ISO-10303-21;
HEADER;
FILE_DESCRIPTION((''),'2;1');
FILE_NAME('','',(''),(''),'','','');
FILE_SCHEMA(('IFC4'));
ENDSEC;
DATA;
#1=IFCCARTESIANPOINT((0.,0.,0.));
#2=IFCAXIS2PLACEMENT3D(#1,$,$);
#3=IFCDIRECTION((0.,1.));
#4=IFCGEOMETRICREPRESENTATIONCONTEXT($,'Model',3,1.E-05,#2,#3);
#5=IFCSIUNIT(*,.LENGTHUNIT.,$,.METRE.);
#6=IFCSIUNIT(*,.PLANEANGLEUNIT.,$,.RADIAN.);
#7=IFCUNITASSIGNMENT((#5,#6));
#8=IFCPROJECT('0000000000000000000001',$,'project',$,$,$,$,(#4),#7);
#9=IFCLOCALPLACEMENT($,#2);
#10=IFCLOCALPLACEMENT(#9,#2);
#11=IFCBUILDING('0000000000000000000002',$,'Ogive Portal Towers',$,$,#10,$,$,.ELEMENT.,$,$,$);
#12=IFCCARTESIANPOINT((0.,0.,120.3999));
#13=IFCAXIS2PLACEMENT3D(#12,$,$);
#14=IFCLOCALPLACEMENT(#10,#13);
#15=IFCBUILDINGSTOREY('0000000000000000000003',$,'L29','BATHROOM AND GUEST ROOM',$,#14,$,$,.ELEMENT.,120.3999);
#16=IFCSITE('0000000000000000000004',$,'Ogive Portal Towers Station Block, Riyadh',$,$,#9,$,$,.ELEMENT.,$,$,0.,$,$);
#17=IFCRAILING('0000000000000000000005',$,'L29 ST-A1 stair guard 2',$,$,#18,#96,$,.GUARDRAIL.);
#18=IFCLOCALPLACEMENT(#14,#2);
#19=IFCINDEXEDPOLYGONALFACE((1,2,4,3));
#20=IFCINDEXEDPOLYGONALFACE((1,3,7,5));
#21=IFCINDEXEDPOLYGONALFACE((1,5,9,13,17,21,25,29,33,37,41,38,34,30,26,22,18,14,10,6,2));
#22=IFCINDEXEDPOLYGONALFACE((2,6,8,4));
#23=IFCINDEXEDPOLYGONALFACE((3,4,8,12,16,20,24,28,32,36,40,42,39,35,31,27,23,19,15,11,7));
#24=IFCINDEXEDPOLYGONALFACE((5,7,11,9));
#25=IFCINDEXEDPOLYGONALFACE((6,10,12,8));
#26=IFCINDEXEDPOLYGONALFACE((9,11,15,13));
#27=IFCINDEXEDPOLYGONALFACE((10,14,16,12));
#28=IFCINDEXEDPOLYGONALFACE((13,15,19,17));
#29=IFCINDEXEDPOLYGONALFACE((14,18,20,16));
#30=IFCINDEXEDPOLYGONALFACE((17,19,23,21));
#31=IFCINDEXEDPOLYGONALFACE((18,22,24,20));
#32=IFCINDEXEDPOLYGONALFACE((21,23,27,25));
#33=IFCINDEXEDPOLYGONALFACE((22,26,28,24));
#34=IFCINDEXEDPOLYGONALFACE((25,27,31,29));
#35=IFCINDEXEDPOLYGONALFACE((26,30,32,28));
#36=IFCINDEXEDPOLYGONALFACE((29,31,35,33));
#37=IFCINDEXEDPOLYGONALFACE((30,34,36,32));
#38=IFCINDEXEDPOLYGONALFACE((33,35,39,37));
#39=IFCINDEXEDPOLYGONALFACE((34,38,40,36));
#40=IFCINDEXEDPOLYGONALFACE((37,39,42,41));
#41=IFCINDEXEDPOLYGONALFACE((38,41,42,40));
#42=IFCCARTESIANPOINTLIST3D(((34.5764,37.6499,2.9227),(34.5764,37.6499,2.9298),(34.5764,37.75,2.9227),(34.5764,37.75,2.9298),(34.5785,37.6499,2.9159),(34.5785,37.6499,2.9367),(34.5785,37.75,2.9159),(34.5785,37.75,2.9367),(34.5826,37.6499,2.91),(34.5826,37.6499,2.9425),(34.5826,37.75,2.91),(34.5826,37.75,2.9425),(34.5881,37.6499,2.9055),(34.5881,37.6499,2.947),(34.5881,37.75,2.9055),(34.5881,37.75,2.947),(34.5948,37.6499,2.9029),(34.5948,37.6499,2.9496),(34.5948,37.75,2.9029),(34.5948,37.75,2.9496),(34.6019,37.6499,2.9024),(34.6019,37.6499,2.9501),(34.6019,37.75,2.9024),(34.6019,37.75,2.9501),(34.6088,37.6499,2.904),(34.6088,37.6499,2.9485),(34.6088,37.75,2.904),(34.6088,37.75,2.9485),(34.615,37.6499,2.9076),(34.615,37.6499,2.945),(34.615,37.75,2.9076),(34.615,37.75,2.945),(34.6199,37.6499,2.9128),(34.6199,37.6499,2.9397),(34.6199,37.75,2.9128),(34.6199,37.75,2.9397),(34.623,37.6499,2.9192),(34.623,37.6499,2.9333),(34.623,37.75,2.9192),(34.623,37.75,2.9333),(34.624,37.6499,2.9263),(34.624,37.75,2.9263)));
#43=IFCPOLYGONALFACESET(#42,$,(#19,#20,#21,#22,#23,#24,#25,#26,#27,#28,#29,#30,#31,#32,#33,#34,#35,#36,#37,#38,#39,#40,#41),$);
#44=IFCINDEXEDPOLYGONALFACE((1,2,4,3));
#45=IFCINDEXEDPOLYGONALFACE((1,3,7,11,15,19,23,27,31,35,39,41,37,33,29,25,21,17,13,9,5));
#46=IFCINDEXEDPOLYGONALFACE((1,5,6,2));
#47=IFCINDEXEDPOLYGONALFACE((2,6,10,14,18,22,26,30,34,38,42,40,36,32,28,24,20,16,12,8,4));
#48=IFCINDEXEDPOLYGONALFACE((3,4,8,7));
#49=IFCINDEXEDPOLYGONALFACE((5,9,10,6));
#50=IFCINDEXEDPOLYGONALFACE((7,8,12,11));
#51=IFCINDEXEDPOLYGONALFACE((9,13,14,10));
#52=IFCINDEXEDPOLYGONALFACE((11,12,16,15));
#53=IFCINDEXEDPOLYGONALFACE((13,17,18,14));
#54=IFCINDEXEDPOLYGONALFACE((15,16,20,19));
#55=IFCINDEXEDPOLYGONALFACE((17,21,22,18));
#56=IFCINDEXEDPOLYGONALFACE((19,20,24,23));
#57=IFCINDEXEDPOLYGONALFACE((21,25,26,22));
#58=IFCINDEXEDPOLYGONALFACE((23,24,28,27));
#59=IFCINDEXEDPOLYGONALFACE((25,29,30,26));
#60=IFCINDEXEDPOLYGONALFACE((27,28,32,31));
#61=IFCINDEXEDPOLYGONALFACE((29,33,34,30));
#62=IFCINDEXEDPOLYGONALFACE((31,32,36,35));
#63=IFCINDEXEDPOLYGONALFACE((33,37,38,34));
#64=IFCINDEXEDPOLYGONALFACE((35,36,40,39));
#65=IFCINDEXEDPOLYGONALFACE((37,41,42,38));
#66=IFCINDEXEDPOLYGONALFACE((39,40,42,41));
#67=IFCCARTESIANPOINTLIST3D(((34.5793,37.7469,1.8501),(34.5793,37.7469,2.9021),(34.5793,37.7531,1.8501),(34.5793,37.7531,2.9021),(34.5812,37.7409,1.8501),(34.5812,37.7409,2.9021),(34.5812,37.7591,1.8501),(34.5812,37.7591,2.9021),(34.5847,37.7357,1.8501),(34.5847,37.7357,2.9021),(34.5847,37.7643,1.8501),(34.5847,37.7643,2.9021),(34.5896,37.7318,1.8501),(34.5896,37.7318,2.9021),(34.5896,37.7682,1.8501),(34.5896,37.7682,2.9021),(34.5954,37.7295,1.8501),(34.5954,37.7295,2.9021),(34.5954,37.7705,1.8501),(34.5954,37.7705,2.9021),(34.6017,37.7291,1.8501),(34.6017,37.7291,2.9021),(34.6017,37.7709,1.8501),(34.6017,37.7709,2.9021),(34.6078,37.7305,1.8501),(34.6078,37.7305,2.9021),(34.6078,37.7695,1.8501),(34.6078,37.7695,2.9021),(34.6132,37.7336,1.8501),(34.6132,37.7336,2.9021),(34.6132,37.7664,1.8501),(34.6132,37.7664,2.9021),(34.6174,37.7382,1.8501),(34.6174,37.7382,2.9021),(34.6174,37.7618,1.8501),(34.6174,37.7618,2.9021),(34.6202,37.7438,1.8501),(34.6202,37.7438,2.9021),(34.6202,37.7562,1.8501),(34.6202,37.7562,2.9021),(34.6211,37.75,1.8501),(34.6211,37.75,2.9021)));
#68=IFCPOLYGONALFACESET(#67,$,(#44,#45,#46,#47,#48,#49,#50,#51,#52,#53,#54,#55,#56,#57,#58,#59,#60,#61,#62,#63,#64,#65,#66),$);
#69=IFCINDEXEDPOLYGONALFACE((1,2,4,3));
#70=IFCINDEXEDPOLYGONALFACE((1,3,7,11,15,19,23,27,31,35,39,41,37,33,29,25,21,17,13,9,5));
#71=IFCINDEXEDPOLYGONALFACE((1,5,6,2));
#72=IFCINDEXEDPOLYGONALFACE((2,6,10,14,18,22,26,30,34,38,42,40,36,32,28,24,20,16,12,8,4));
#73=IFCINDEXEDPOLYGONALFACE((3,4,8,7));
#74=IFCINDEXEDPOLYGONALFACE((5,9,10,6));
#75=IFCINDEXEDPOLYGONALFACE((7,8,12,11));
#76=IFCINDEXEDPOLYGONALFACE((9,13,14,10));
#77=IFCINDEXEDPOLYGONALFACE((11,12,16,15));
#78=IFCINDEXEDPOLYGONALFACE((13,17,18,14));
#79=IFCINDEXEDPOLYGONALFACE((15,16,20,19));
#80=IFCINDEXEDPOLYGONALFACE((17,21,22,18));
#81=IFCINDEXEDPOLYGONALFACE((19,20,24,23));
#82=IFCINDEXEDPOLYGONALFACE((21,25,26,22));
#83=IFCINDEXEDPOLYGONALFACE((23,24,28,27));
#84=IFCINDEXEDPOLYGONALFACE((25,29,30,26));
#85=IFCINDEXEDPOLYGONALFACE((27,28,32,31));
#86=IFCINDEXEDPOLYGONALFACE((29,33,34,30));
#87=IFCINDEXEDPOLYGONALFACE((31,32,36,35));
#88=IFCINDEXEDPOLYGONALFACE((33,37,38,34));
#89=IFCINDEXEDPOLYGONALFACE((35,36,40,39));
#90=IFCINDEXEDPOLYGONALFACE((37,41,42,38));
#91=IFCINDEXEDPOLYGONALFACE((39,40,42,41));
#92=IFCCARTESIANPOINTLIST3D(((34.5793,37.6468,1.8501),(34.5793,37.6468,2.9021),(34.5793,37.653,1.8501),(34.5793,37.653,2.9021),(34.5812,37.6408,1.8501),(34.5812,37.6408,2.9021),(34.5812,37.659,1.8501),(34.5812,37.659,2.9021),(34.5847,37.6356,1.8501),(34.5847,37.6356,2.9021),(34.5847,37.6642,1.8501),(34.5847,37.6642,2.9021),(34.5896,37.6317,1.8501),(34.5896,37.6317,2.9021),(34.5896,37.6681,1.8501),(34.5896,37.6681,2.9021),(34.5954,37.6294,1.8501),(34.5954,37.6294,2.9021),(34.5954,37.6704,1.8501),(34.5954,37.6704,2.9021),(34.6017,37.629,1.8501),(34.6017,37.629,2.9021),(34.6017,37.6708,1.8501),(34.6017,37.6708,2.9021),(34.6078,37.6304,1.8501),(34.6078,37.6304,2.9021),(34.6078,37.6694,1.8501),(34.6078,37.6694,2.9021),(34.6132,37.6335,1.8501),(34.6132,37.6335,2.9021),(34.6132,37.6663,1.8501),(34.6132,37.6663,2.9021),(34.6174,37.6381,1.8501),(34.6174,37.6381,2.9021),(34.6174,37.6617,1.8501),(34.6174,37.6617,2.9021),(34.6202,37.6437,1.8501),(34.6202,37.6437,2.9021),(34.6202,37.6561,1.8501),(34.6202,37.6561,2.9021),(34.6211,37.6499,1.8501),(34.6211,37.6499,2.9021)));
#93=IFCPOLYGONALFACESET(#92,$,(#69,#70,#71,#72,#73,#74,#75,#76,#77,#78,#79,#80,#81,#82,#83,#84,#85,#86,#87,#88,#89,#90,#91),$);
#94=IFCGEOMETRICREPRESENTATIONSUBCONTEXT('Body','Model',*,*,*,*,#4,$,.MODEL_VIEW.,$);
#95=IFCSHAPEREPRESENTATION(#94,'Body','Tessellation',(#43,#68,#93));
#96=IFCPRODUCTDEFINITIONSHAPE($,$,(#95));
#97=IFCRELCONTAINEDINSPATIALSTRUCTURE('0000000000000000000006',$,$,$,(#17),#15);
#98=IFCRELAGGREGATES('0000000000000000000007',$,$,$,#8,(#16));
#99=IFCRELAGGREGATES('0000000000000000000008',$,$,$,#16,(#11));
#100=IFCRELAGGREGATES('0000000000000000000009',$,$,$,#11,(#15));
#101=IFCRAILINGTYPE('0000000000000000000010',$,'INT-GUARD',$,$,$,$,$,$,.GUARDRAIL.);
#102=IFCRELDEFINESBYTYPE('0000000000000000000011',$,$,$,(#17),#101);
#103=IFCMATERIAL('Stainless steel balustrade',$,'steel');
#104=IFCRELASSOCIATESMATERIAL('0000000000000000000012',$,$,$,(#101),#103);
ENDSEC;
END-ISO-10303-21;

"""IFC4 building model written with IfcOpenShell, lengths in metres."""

from ifc_helpers import new_model, si_unit, direction, frame, origin, origin_2d, place, context, subcontext, project, spatial, circle, extrude, material, type_object, element, save


model = new_model("IFC4")

# Units and contexts
model_context = context("Model", 3, precision=1e-05, world=origin(), true_north=direction((0.0, 1.0)))
body_context = subcontext(model_context, "Body", "Model", "MODEL_VIEW")
ifc_project = project(units=[si_unit("LENGTHUNIT", "METRE"), si_unit("PLANEANGLEUNIT", "RADIAN")], contexts=[model_context])

# Site, building, storey
site_placement = place(None, origin())
site = spatial("IfcSite", under=ifc_project, at=site_placement, Name="Ogive Portal Towers Station Block, Riyadh", CompositionType="ELEMENT", RefElevation=0.0)
building_placement = place(site_placement, origin())
building = spatial("IfcBuilding", under=site, at=building_placement, Name="Ogive Portal Towers", CompositionType="ELEMENT")
storey_placement = place(building_placement, frame((0.0, 0.0, 120.3999)))
storey = spatial("IfcBuildingStorey", under=building, at=storey_placement, Name="L29", Description="BATHROOM AND GUEST ROOM", CompositionType="ELEMENT", Elevation=120.3999)

# Railing
ifc_material_1 = material(Name="Stainless steel balustrade", Category="steel")
railing_type_1 = type_object("IfcRailingType", Name="INT-GUARD", PredefinedType="GUARDRAIL", material=ifc_material_1)
railing_1_placement = place(storey_placement, frame((34.6001, 37.75, 1.8501)))
element("IfcRailing", 1, at=railing_1_placement, inside=storey, type_object=railing_type_1, Name="L29 ST-A1 stair guard 2", PredefinedType="GUARDRAIL", context=body_context, shape_type="SweptSolid", body=[
    extrude(circle(Radius=0.0239, at=origin_2d()), frame((0.0, 0.0, 1.0762), z_axis=(0.0, -1.0, 0.0), x_axis=(1.0, 0.0, 0.0)), (0.0, 0.0, 1.0), 0.1001),
    extrude(circle(Radius=0.021, at=origin_2d()), origin(), (0.0, 0.0, 1.0), 1.052),
    extrude(circle(Radius=0.021, at=origin_2d()), frame((0.0, -0.1001, 0.0)), (0.0, 0.0, 1.0), 1.052),
])

save(model, "model.ifc")
